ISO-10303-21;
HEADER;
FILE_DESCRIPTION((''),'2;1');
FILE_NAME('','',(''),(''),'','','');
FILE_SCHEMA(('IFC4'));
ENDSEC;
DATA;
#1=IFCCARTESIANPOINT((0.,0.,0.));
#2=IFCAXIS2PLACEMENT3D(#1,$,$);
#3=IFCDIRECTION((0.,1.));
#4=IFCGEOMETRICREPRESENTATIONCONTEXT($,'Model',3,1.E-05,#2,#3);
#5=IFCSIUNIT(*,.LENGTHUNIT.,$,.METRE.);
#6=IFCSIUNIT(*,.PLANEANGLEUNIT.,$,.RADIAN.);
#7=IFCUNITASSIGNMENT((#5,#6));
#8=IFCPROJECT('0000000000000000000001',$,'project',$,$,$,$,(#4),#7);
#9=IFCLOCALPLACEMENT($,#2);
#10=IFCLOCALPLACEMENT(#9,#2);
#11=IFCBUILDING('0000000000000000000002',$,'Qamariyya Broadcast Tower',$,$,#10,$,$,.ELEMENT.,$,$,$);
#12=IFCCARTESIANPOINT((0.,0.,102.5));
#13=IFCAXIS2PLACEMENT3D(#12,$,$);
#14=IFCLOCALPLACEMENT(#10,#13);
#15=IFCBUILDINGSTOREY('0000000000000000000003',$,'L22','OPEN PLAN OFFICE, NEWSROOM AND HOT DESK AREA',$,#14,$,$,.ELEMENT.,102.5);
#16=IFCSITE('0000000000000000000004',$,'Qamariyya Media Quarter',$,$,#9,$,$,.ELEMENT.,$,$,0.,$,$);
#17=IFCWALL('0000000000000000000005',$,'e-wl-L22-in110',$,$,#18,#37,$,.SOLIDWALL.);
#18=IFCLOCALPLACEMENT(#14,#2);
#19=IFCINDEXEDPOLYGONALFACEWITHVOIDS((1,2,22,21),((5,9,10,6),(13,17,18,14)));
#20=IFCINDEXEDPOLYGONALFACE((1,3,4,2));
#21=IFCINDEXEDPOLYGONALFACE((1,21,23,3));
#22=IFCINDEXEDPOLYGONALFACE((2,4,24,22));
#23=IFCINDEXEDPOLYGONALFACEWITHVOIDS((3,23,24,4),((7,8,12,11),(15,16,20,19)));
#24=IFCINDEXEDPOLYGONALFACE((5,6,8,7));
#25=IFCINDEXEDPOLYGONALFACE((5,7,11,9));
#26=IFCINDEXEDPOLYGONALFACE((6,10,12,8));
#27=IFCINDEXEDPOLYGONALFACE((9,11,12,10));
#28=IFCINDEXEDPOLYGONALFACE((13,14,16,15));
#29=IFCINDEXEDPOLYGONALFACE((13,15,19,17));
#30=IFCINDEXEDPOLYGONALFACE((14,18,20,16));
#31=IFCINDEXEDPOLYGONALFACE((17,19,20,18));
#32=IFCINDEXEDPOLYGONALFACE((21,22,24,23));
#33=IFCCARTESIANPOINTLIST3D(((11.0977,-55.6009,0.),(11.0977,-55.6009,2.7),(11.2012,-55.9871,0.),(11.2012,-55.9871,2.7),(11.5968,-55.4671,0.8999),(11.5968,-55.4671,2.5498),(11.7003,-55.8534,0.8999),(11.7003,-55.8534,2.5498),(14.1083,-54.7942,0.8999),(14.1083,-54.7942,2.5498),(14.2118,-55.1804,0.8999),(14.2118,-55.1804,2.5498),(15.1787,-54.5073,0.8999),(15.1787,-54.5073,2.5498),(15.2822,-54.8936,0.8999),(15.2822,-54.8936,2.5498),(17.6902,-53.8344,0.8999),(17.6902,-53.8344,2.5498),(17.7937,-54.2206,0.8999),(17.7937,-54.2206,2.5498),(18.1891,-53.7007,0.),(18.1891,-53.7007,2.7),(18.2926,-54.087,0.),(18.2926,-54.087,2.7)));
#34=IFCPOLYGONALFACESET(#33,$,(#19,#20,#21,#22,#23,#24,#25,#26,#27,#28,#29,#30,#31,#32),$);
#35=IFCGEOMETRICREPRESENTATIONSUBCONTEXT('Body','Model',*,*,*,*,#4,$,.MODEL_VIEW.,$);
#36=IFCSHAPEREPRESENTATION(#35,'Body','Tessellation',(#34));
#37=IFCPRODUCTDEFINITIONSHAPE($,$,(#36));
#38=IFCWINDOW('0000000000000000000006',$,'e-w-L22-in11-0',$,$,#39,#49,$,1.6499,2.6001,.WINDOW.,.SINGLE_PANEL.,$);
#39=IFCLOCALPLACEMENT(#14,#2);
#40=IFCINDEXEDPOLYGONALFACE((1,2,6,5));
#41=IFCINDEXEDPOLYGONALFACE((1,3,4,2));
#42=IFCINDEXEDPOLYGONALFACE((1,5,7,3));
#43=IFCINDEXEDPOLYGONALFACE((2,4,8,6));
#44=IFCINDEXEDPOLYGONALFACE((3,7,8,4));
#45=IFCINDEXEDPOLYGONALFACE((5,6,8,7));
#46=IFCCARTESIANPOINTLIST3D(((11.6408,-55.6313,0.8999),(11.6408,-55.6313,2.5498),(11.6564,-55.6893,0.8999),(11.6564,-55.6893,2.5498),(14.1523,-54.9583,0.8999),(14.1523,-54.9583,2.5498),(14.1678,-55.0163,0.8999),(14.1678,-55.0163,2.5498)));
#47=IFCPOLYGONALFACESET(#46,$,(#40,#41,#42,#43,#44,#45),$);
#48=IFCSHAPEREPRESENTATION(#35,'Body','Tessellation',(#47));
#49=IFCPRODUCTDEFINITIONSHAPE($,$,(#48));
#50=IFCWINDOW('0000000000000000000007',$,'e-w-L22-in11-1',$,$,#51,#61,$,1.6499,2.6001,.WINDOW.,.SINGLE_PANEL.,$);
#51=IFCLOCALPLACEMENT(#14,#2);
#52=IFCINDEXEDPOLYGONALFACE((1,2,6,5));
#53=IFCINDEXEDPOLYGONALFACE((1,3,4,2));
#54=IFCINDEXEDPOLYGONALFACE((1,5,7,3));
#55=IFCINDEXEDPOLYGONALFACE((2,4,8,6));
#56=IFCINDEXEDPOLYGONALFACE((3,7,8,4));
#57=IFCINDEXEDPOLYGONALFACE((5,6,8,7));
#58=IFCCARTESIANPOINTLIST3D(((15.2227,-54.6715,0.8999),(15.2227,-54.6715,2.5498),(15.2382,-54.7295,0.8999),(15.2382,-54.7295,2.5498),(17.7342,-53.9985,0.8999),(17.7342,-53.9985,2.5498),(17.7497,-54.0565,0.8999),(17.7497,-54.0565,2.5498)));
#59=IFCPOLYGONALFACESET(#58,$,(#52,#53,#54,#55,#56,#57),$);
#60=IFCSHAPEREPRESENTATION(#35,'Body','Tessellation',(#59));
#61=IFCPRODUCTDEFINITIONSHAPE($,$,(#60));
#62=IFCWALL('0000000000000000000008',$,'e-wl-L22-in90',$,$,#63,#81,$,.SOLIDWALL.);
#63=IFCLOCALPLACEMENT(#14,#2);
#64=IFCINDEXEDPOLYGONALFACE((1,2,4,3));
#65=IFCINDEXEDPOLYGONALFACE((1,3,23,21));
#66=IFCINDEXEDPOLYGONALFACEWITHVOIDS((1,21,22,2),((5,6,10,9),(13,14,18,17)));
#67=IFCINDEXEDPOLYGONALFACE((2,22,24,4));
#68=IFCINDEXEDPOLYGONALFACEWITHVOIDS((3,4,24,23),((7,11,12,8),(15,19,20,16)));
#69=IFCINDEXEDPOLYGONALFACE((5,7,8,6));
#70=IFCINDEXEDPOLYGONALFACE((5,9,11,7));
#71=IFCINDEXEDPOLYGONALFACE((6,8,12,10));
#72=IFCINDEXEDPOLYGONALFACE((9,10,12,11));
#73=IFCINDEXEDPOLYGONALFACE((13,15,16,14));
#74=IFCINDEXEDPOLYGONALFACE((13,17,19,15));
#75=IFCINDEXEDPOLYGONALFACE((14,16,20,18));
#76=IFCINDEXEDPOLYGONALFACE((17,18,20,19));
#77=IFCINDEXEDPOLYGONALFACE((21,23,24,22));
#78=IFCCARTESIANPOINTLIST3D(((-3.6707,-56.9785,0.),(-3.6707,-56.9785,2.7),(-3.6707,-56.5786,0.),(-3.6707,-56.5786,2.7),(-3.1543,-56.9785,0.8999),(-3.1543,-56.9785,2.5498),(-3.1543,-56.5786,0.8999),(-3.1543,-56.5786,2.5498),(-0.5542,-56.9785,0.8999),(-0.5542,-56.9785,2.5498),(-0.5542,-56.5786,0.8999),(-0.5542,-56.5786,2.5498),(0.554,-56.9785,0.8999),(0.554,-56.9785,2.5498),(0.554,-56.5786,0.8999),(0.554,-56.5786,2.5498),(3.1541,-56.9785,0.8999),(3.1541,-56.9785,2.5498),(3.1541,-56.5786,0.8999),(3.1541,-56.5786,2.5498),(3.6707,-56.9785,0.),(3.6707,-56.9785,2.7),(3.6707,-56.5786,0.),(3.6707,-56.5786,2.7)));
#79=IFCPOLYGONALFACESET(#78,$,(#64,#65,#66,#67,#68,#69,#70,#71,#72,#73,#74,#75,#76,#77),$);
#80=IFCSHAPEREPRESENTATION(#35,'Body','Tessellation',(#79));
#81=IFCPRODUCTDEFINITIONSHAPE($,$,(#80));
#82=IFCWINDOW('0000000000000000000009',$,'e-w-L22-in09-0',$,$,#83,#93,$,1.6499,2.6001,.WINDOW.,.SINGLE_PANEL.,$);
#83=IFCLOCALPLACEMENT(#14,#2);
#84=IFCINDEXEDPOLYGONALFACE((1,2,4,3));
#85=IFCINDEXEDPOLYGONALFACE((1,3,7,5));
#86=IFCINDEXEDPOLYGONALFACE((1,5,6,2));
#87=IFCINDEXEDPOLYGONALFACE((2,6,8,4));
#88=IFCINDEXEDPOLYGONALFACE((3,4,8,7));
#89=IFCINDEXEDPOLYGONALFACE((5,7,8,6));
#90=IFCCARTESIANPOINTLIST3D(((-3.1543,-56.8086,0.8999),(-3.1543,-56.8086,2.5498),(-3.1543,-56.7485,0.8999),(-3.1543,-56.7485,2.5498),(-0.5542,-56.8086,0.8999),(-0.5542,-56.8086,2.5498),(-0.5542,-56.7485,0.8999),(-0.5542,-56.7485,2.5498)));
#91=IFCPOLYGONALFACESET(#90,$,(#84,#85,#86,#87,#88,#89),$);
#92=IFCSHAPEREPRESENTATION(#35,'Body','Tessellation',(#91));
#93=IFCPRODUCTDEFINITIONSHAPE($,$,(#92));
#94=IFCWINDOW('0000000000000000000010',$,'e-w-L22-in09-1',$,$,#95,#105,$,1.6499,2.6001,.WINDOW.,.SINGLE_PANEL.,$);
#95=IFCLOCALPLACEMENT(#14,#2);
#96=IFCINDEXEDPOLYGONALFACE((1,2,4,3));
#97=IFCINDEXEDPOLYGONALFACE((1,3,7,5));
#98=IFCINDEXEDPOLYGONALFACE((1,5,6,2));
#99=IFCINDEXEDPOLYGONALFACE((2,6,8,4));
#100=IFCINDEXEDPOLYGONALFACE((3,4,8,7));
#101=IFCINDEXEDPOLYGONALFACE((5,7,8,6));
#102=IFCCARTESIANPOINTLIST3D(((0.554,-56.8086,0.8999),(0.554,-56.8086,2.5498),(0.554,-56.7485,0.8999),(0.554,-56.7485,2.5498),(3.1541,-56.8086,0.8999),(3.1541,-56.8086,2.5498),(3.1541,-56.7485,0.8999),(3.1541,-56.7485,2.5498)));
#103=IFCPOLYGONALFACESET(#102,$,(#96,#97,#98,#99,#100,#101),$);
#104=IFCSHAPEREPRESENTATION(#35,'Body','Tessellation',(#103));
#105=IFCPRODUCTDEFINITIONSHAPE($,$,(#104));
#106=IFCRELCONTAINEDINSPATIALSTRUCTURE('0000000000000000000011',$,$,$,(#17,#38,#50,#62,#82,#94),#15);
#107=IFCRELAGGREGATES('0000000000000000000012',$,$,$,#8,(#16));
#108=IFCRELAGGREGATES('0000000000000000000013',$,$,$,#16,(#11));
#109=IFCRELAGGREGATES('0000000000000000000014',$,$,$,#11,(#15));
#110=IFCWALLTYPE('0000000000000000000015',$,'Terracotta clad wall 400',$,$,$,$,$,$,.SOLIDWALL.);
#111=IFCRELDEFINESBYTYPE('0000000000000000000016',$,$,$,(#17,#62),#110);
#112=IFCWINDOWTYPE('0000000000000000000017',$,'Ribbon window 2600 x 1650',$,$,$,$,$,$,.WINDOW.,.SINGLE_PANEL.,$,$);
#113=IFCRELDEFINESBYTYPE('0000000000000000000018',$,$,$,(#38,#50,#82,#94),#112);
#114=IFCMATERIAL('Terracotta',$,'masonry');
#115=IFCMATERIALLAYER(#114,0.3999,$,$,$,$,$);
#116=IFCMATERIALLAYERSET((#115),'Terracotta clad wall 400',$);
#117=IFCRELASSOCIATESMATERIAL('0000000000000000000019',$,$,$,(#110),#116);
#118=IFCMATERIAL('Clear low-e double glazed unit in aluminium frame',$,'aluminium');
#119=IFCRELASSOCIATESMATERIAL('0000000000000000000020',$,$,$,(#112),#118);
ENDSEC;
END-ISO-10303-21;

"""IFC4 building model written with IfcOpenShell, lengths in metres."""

from ifc_helpers import new_model, si_unit, direction, frame, frame_2d, origin, place, context, subcontext, project, spatial, rectangle, extrude, material, layer, layer_set, type_object, element, fill, save


model = new_model("IFC4")

# Units and contexts
model_context = context("Model", 3, precision=1e-05, world=origin(), true_north=direction((0.0, 1.0)))
body_context = subcontext(model_context, "Body", "Model", "MODEL_VIEW")
ifc_project = project(units=[si_unit("LENGTHUNIT", "METRE"), si_unit("PLANEANGLEUNIT", "RADIAN")], contexts=[model_context])

# Site, building, storey
site_placement = place(None, origin())
site = spatial("IfcSite", under=ifc_project, at=site_placement, Name="Qamariyya Media Quarter", CompositionType="ELEMENT", RefElevation=0.0)
building_placement = place(site_placement, origin())
building = spatial("IfcBuilding", under=site, at=building_placement, Name="Qamariyya Broadcast Tower", CompositionType="ELEMENT")
storey_placement = place(building_placement, frame((0.0, 0.0, 102.5)))
storey = spatial("IfcBuildingStorey", under=building, at=storey_placement, Name="L22", Description="OPEN PLAN OFFICE, NEWSROOM AND HOT DESK AREA", CompositionType="ELEMENT", Elevation=102.5)

# Walls, openings, windows
ifc_material_1 = material(Name="Terracotta", Category="masonry")
ifc_layer_1 = layer(ifc_material_1, 0.3999)
ifc_layer_set_1 = layer_set([ifc_layer_1], Name="Terracotta clad wall 400")
wall_type_1 = type_object("IfcWallType", Name="Terracotta clad wall 400", PredefinedType="SOLIDWALL", material=ifc_layer_set_1)
ifc_material_2 = material(Name="Clear low-e double glazed unit in aluminium frame", Category="aluminium")
window_type = type_object("IfcWindowType", Name="Ribbon window 2600 x 1650", PartitioningType="SINGLE_PANEL", PredefinedType="WINDOW", material=ifc_material_2)
wall_1_placement = place(storey_placement, frame((18.241, -53.8938, 0.0), z_axis=(0.0, 0.0, 1.0), x_axis=(-0.965925, -0.258824, 0.0)))
wall_1 = element("IfcWall", 1, at=wall_1_placement, inside=storey, type_object=wall_type_1, Name="e-wl-L22-in110", PredefinedType="SOLIDWALL", context=body_context, shape_type="SweptSolid", body=[
    extrude(rectangle(XDim=7.3416, YDim=0.3999, at=frame_2d((3.6709, 0.0))), origin(), (0.0, 0.0, 1.0), 2.7),
])
opening_1_placement = place(wall_1_placement, frame((4.2249, 0.0, 0.8999)))
opening_1 = element("IfcOpeningElement", 2, at=opening_1_placement, cuts=wall_1, PredefinedType="OPENING", context=body_context, shape_type="SweptSolid", body=[
    extrude(rectangle(XDim=2.6001, YDim=1.6499, at=frame_2d((1.3, 0.825))), frame((0.0, 0.21, 0.0), z_axis=(0.0, -1.0, 0.0), x_axis=(1.0, 0.0, 0.0)), (0.0, 0.0, 1.0), 0.4199),
])
opening_2_placement = place(wall_1_placement, frame((0.5166, 0.0, 0.8999)))
opening_2 = element("IfcOpeningElement", 3, at=opening_2_placement, cuts=wall_1, PredefinedType="OPENING", context=body_context, shape_type="SweptSolid", body=[
    extrude(rectangle(XDim=2.6001, YDim=1.6499, at=frame_2d((1.3, 0.825))), frame((0.0, 0.21, 0.0), z_axis=(0.0, -1.0, 0.0), x_axis=(1.0, 0.0, 0.0)), (0.0, 0.0, 1.0), 0.4199),
])
window_1_placement = place(opening_1_placement, origin())
window_1 = element("IfcWindow", 4, at=window_1_placement, inside=storey, type_object=window_type, Name="e-w-L22-in11-0", OverallHeight=1.6499, OverallWidth=2.6001, PartitioningType="SINGLE_PANEL", PredefinedType="WINDOW", context=body_context, shape_type="SweptSolid", body=[
    extrude(rectangle(XDim=2.6001, YDim=1.6499, at=frame_2d((1.3, 0.825))), frame((0.0, 0.03, 0.0), z_axis=(0.0, -1.0, 0.0), x_axis=(1.0, 0.0, 0.0)), (0.0, 0.0, 1.0), 0.0601),
])
fill(opening_1, window_1)
window_2_placement = place(opening_2_placement, origin())
window_2 = element("IfcWindow", 5, at=window_2_placement, inside=storey, type_object=window_type, Name="e-w-L22-in11-1", OverallHeight=1.6499, OverallWidth=2.6001, PartitioningType="SINGLE_PANEL", PredefinedType="WINDOW", context=body_context, shape_type="SweptSolid", body=[
    extrude(rectangle(XDim=2.6001, YDim=1.6499, at=frame_2d((1.3, 0.825))), frame((0.0, 0.03, 0.0), z_axis=(0.0, -1.0, 0.0), x_axis=(1.0, 0.0, 0.0)), (0.0, 0.0, 1.0), 0.0601),
])
fill(opening_2, window_2)
wall_2_placement = place(storey_placement, frame((3.6707, -56.7786, 0.0), z_axis=(0.0, 0.0, 1.0), x_axis=(-1.0, 0.0, 0.0)))
wall_2 = element("IfcWall", 6, at=wall_2_placement, inside=storey, type_object=wall_type_1, Name="e-wl-L22-in90", PredefinedType="SOLIDWALL", context=body_context, shape_type="SweptSolid", body=[
    extrude(rectangle(XDim=7.3413, YDim=0.3999, at=frame_2d((3.6707, 0.0))), origin(), (0.0, 0.0, 1.0), 2.7),
])
opening_3_placement = place(wall_2_placement, frame((4.2249, 0.0, 0.8999)))
opening_3 = element("IfcOpeningElement", 7, at=opening_3_placement, cuts=wall_2, PredefinedType="OPENING", context=body_context, shape_type="SweptSolid", body=[
    extrude(rectangle(XDim=2.6001, YDim=1.6499, at=frame_2d((1.3, 0.825))), frame((0.0, 0.21, 0.0), z_axis=(0.0, -1.0, 0.0), x_axis=(1.0, 0.0, 0.0)), (0.0, 0.0, 1.0), 0.4199),
])
opening_4_placement = place(wall_2_placement, frame((0.5166, 0.0, 0.8999)))
opening_4 = element("IfcOpeningElement", 8, at=opening_4_placement, cuts=wall_2, PredefinedType="OPENING", context=body_context, shape_type="SweptSolid", body=[
    extrude(rectangle(XDim=2.6001, YDim=1.6499, at=frame_2d((1.3, 0.825))), frame((0.0, 0.21, 0.0), z_axis=(0.0, -1.0, 0.0), x_axis=(1.0, 0.0, 0.0)), (0.0, 0.0, 1.0), 0.4199),
])
window_3_placement = place(opening_3_placement, origin())
window_3 = element("IfcWindow", 9, at=window_3_placement, inside=storey, type_object=window_type, Name="e-w-L22-in09-0", OverallHeight=1.6499, OverallWidth=2.6001, PartitioningType="SINGLE_PANEL", PredefinedType="WINDOW", context=body_context, shape_type="SweptSolid", body=[
    extrude(rectangle(XDim=2.6001, YDim=1.6499, at=frame_2d((1.3, 0.825))), frame((0.0, 0.03, 0.0), z_axis=(0.0, -1.0, 0.0), x_axis=(1.0, 0.0, 0.0)), (0.0, 0.0, 1.0), 0.0601),
])
fill(opening_3, window_3)
window_4_placement = place(opening_4_placement, origin())
window_4 = element("IfcWindow", 10, at=window_4_placement, inside=storey, type_object=window_type, Name="e-w-L22-in09-1", OverallHeight=1.6499, OverallWidth=2.6001, PartitioningType="SINGLE_PANEL", PredefinedType="WINDOW", context=body_context, shape_type="SweptSolid", body=[
    extrude(rectangle(XDim=2.6001, YDim=1.6499, at=frame_2d((1.3, 0.825))), frame((0.0, 0.03, 0.0), z_axis=(0.0, -1.0, 0.0), x_axis=(1.0, 0.0, 0.0)), (0.0, 0.0, 1.0), 0.0601),
])
fill(opening_4, window_4)

save(model, "model.ifc")
